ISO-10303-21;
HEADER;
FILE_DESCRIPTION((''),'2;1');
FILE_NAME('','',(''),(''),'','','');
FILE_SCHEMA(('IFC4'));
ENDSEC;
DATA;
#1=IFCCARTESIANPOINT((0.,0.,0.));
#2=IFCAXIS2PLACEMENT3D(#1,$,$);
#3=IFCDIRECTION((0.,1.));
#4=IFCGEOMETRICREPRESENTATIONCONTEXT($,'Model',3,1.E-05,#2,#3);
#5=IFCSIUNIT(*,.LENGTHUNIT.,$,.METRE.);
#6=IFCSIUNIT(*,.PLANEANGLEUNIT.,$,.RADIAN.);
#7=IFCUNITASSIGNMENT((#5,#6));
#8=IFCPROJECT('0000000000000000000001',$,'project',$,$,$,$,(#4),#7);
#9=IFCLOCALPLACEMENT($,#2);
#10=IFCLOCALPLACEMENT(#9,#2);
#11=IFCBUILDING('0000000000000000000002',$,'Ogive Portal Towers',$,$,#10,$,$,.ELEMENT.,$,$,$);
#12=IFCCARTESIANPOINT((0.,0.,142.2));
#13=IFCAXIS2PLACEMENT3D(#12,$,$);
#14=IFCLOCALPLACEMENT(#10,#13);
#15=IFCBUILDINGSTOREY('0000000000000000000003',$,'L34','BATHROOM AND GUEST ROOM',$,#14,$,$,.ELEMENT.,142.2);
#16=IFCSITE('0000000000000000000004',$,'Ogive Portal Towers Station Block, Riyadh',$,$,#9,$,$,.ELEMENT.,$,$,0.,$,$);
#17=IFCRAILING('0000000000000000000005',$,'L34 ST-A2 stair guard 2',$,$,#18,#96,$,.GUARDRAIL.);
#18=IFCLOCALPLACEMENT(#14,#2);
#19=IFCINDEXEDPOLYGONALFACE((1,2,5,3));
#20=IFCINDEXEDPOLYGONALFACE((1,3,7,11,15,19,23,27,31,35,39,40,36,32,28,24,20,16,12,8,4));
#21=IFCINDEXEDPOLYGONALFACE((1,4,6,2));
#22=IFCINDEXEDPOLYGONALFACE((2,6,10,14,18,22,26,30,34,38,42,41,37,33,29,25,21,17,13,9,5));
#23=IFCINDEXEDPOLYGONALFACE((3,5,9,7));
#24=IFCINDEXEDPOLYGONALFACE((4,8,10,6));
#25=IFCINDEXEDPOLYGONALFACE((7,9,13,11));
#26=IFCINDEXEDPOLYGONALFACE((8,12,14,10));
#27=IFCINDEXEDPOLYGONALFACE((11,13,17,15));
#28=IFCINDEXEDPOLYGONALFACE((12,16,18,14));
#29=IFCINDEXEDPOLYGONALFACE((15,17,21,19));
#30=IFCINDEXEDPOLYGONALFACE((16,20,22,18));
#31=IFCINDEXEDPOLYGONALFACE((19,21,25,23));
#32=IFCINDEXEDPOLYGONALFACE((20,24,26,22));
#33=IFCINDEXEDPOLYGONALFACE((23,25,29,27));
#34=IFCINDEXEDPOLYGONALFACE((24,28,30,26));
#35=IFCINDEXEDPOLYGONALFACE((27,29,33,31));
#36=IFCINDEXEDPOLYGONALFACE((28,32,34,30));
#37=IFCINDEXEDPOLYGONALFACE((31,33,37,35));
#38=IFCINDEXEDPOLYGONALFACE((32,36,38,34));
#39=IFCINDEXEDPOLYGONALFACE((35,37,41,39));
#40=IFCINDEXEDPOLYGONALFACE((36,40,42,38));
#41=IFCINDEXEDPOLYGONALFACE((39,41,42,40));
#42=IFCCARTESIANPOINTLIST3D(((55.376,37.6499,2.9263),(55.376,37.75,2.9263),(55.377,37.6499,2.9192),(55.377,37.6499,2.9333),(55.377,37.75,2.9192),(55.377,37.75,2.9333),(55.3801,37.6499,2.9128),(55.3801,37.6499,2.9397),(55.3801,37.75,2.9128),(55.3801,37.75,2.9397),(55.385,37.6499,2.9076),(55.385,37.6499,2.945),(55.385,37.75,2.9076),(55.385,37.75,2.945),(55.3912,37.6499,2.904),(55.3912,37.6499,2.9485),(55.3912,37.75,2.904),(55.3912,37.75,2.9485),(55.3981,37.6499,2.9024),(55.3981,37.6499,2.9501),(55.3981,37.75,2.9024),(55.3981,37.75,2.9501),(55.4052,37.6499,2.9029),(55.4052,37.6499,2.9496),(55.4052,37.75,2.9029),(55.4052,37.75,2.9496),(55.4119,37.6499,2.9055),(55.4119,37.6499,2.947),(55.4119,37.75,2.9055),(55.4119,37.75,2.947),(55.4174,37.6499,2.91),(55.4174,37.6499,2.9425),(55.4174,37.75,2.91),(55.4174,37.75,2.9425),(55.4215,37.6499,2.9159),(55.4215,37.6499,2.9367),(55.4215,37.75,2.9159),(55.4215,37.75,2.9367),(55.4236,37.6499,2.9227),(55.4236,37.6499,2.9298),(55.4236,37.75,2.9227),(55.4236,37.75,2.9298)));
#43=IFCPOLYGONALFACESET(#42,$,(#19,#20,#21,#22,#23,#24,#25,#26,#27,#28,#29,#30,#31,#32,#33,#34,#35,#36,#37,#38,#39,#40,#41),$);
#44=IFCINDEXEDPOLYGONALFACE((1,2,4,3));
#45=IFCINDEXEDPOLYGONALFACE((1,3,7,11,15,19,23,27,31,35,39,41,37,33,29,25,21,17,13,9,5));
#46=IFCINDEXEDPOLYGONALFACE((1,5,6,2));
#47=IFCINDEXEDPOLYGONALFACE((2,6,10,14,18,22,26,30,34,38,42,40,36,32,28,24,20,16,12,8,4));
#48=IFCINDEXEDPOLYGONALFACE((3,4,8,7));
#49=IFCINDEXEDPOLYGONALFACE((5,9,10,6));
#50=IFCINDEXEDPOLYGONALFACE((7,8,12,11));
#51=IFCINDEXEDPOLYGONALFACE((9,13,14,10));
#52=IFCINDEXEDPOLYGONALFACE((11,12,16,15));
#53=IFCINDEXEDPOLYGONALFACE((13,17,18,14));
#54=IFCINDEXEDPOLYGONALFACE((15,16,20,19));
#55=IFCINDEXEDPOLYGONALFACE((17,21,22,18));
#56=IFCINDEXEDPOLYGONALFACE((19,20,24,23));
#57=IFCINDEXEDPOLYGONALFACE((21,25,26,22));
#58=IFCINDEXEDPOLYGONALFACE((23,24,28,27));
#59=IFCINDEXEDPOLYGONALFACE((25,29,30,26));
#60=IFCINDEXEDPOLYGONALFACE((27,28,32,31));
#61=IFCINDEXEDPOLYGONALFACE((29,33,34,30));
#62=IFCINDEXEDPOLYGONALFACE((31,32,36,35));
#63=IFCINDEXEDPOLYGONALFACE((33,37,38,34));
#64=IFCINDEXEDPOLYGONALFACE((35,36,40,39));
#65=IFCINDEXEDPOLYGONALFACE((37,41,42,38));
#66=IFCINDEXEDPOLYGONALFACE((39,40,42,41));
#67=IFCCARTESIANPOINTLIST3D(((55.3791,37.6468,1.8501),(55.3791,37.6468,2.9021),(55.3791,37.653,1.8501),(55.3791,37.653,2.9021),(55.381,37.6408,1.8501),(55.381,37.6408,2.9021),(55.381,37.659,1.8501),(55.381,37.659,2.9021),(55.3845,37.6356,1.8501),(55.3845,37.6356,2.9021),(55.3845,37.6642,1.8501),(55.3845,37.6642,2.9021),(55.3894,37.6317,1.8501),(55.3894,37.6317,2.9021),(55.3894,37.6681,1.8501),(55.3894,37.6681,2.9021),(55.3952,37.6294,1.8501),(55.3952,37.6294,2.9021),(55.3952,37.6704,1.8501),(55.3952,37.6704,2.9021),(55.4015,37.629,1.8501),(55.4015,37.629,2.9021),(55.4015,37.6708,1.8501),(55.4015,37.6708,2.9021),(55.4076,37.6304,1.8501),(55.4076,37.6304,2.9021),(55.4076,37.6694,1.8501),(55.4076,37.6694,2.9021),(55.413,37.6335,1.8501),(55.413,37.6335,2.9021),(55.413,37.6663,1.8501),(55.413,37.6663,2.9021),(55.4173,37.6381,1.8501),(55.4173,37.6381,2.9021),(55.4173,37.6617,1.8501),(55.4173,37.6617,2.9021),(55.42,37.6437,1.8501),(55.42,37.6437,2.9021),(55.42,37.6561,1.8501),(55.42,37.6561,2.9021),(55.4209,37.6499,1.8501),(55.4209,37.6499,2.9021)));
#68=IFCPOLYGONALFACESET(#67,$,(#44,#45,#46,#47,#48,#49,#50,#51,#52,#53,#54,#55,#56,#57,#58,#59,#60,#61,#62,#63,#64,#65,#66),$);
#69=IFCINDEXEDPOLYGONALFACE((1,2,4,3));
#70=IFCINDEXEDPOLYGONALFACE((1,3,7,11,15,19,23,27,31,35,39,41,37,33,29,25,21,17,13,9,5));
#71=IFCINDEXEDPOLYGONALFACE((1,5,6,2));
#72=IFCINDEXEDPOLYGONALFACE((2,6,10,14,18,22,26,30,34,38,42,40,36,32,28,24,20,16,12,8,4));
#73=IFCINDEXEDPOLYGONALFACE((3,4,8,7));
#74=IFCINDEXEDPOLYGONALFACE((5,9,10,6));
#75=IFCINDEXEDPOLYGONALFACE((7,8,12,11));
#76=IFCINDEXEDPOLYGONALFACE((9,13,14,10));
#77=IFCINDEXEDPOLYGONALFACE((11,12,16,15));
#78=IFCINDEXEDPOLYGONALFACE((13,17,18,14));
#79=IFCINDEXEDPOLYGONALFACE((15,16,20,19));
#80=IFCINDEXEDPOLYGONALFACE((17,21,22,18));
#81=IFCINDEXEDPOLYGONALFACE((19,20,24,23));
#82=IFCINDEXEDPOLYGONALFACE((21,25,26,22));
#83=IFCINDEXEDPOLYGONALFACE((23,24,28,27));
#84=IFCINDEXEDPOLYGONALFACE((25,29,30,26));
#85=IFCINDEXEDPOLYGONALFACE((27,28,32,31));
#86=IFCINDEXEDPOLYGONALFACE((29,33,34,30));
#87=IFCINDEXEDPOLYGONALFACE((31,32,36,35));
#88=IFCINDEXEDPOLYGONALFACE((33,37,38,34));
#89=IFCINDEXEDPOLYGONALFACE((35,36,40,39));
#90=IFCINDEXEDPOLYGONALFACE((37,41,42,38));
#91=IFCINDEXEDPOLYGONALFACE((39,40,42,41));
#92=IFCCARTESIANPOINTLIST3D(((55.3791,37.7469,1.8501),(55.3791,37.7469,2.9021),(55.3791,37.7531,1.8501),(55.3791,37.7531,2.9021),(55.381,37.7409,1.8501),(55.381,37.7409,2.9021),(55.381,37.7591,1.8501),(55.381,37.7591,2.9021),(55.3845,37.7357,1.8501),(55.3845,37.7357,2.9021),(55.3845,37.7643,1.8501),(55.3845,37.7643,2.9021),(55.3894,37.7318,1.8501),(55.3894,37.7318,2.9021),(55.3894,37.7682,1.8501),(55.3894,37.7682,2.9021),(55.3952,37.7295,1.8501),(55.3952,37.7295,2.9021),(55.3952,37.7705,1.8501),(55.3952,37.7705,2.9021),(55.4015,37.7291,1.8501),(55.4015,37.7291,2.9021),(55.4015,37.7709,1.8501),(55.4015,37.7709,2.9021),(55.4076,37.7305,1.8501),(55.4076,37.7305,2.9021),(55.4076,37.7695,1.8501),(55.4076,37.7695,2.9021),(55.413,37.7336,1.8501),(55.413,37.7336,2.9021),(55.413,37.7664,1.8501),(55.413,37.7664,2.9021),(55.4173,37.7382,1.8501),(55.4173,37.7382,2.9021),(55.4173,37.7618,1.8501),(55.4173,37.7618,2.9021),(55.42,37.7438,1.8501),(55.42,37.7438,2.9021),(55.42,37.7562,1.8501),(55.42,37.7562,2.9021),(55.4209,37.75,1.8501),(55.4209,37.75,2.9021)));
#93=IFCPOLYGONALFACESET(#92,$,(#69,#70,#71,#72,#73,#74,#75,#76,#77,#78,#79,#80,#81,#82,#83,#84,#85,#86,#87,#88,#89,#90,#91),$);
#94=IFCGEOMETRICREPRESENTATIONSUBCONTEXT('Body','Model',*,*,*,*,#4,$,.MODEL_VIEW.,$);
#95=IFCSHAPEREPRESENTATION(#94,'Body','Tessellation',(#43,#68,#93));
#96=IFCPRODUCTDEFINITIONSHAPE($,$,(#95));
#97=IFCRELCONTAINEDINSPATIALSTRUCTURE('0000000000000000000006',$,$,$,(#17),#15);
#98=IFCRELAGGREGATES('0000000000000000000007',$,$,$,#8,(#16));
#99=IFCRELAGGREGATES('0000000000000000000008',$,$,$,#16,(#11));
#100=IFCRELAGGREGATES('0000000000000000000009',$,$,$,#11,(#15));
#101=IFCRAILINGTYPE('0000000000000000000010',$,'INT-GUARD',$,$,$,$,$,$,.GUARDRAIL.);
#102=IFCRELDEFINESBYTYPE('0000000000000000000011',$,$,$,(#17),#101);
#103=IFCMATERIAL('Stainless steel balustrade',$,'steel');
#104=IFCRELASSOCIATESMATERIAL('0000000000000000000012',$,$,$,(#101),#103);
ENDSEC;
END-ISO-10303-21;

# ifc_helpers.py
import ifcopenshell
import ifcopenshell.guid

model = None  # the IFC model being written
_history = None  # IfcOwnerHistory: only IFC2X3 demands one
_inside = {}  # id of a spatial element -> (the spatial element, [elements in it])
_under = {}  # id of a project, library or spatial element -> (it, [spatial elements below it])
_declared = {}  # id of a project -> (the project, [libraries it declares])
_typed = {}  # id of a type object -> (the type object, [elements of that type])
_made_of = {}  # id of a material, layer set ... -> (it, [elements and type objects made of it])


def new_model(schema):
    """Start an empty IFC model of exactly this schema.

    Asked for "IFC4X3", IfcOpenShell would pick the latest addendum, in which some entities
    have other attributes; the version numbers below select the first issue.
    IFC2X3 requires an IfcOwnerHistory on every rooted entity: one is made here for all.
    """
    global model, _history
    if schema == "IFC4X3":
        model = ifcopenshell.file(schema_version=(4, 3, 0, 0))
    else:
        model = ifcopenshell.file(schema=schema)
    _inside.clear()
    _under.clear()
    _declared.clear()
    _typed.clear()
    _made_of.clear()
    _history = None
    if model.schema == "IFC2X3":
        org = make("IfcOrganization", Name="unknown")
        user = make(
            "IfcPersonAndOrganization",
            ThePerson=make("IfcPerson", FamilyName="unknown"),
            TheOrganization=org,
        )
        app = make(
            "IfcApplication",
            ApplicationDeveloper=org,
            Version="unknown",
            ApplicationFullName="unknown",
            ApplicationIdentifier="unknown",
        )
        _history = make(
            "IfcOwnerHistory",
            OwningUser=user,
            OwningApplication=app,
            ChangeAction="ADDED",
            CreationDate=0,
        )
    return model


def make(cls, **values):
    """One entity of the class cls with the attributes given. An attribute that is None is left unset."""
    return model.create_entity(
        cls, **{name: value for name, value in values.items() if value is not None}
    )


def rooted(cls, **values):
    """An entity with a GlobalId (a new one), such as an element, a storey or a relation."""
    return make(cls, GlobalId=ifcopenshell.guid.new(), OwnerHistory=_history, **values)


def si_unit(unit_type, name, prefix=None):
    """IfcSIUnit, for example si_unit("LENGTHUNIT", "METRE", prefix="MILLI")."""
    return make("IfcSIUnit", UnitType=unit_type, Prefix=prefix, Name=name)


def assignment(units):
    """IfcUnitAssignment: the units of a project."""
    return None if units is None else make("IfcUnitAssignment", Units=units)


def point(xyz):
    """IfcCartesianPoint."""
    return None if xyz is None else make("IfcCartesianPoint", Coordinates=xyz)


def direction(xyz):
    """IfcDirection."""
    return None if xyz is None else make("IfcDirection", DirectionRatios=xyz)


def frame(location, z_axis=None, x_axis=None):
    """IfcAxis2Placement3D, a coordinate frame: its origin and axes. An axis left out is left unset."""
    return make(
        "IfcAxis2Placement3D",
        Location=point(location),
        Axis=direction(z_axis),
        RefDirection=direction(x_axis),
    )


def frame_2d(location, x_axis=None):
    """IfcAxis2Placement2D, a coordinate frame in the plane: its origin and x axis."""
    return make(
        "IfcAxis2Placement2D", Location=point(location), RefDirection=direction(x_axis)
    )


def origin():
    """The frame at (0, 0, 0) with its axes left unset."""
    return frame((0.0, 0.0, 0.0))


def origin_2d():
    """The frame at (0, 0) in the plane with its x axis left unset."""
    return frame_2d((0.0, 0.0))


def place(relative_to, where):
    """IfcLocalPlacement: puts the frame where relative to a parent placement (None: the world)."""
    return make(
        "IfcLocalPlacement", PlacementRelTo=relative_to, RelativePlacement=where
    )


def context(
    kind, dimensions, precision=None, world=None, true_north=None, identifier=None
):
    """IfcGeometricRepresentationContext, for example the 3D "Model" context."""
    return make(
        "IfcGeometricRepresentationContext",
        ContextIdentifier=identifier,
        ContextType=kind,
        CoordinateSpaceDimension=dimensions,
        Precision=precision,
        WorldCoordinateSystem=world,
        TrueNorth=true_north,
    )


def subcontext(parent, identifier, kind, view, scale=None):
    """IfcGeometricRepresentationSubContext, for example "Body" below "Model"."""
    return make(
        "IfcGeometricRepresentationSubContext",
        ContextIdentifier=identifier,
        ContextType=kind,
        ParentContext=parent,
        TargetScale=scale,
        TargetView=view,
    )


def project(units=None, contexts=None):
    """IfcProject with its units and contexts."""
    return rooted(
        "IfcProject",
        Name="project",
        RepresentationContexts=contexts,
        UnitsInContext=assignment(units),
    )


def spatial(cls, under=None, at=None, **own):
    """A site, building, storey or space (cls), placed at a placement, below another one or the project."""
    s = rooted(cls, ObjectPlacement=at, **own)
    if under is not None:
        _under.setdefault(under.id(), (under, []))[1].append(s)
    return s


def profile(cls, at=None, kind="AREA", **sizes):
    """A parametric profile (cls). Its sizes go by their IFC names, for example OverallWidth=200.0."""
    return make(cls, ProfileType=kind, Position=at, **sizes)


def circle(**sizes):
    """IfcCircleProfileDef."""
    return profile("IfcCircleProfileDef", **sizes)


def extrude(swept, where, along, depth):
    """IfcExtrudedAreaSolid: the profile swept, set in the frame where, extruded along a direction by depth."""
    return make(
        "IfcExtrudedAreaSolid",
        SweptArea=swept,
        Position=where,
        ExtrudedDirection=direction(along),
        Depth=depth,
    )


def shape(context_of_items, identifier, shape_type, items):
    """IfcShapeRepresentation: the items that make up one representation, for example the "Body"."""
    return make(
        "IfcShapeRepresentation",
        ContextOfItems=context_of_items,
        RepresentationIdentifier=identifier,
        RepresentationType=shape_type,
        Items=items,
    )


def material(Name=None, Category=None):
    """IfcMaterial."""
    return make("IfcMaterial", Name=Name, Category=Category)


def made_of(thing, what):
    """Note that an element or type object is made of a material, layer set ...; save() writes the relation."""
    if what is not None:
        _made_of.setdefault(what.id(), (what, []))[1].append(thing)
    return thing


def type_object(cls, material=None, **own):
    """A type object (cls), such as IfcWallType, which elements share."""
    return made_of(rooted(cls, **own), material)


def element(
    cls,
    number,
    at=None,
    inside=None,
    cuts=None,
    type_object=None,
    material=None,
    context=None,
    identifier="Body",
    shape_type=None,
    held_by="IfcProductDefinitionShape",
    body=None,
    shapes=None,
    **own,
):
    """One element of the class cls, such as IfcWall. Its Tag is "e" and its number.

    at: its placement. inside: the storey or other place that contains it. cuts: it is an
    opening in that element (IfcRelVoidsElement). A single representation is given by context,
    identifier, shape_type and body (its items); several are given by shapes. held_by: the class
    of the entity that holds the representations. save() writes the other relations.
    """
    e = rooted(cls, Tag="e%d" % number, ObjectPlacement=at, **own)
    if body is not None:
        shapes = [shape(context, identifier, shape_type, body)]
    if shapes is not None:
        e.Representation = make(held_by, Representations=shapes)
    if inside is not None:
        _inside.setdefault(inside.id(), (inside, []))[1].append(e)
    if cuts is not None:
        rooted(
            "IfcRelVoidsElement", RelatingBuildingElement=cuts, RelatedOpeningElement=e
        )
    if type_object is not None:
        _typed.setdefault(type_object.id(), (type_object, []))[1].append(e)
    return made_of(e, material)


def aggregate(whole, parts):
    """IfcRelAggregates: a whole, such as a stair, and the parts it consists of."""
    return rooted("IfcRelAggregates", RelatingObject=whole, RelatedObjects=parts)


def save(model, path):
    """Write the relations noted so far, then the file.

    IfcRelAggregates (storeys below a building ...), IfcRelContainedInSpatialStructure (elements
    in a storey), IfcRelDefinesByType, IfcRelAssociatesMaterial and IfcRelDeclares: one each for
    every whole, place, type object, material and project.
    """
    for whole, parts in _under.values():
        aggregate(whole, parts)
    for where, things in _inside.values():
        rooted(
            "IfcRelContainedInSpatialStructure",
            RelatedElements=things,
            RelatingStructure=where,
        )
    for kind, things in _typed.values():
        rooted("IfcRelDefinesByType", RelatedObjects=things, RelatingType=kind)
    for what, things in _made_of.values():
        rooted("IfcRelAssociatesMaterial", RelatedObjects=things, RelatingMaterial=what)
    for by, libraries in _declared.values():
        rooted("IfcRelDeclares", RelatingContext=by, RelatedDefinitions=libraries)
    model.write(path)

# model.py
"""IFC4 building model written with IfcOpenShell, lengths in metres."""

from ifc_helpers import new_model, si_unit, direction, frame, origin, origin_2d, place, context, subcontext, project, spatial, circle, extrude, material, type_object, element, save


model = new_model("IFC4")

# Units and contexts
model_context = context("Model", 3, precision=1e-05, world=origin(), true_north=direction((0.0, 1.0)))
body_context = subcontext(model_context, "Body", "Model", "MODEL_VIEW")
ifc_project = project(units=[si_unit("LENGTHUNIT", "METRE"), si_unit("PLANEANGLEUNIT", "RADIAN")], contexts=[model_context])

# Site, building, storey
site_placement = place(None, origin())
site = spatial("IfcSite", under=ifc_project, at=site_placement, Name="Ogive Portal Towers Station Block, Riyadh", CompositionType="ELEMENT", RefElevation=0.0)
building_placement = place(site_placement, origin())
building = spatial("IfcBuilding", under=site, at=building_placement, Name="Ogive Portal Towers", CompositionType="ELEMENT")
storey_placement = place(building_placement, frame((0.0, 0.0, 142.2)))
storey = spatial("IfcBuildingStorey", under=building, at=storey_placement, Name="L34", Description="BATHROOM AND GUEST ROOM", CompositionType="ELEMENT", Elevation=142.2)

# Railing
ifc_material_1 = material(Name="Stainless steel balustrade", Category="steel")
railing_type_1 = type_object("IfcRailingType", Name="INT-GUARD", PredefinedType="GUARDRAIL", material=ifc_material_1)
railing_1_placement = place(storey_placement, frame((55.3999, 37.6499, 1.8501)))
element("IfcRailing", 1, at=railing_1_placement, inside=storey, type_object=railing_type_1, Name="L34 ST-A2 stair guard 2", PredefinedType="GUARDRAIL", context=body_context, shape_type="SweptSolid", body=[
    extrude(circle(Radius=0.0239, at=origin_2d()), frame((0.0, 0.0, 1.0762), z_axis=(0.0, 1.0, 0.0), x_axis=(-1.0, 0.0, 0.0)), (0.0, 0.0, 1.0), 0.1001),
    extrude(circle(Radius=0.021, at=origin_2d()), origin(), (0.0, 0.0, 1.0), 1.052),
    extrude(circle(Radius=0.021, at=origin_2d()), frame((0.0, 0.1001, 0.0)), (0.0, 0.0, 1.0), 1.052),
])

save(model, "model.ifc")
